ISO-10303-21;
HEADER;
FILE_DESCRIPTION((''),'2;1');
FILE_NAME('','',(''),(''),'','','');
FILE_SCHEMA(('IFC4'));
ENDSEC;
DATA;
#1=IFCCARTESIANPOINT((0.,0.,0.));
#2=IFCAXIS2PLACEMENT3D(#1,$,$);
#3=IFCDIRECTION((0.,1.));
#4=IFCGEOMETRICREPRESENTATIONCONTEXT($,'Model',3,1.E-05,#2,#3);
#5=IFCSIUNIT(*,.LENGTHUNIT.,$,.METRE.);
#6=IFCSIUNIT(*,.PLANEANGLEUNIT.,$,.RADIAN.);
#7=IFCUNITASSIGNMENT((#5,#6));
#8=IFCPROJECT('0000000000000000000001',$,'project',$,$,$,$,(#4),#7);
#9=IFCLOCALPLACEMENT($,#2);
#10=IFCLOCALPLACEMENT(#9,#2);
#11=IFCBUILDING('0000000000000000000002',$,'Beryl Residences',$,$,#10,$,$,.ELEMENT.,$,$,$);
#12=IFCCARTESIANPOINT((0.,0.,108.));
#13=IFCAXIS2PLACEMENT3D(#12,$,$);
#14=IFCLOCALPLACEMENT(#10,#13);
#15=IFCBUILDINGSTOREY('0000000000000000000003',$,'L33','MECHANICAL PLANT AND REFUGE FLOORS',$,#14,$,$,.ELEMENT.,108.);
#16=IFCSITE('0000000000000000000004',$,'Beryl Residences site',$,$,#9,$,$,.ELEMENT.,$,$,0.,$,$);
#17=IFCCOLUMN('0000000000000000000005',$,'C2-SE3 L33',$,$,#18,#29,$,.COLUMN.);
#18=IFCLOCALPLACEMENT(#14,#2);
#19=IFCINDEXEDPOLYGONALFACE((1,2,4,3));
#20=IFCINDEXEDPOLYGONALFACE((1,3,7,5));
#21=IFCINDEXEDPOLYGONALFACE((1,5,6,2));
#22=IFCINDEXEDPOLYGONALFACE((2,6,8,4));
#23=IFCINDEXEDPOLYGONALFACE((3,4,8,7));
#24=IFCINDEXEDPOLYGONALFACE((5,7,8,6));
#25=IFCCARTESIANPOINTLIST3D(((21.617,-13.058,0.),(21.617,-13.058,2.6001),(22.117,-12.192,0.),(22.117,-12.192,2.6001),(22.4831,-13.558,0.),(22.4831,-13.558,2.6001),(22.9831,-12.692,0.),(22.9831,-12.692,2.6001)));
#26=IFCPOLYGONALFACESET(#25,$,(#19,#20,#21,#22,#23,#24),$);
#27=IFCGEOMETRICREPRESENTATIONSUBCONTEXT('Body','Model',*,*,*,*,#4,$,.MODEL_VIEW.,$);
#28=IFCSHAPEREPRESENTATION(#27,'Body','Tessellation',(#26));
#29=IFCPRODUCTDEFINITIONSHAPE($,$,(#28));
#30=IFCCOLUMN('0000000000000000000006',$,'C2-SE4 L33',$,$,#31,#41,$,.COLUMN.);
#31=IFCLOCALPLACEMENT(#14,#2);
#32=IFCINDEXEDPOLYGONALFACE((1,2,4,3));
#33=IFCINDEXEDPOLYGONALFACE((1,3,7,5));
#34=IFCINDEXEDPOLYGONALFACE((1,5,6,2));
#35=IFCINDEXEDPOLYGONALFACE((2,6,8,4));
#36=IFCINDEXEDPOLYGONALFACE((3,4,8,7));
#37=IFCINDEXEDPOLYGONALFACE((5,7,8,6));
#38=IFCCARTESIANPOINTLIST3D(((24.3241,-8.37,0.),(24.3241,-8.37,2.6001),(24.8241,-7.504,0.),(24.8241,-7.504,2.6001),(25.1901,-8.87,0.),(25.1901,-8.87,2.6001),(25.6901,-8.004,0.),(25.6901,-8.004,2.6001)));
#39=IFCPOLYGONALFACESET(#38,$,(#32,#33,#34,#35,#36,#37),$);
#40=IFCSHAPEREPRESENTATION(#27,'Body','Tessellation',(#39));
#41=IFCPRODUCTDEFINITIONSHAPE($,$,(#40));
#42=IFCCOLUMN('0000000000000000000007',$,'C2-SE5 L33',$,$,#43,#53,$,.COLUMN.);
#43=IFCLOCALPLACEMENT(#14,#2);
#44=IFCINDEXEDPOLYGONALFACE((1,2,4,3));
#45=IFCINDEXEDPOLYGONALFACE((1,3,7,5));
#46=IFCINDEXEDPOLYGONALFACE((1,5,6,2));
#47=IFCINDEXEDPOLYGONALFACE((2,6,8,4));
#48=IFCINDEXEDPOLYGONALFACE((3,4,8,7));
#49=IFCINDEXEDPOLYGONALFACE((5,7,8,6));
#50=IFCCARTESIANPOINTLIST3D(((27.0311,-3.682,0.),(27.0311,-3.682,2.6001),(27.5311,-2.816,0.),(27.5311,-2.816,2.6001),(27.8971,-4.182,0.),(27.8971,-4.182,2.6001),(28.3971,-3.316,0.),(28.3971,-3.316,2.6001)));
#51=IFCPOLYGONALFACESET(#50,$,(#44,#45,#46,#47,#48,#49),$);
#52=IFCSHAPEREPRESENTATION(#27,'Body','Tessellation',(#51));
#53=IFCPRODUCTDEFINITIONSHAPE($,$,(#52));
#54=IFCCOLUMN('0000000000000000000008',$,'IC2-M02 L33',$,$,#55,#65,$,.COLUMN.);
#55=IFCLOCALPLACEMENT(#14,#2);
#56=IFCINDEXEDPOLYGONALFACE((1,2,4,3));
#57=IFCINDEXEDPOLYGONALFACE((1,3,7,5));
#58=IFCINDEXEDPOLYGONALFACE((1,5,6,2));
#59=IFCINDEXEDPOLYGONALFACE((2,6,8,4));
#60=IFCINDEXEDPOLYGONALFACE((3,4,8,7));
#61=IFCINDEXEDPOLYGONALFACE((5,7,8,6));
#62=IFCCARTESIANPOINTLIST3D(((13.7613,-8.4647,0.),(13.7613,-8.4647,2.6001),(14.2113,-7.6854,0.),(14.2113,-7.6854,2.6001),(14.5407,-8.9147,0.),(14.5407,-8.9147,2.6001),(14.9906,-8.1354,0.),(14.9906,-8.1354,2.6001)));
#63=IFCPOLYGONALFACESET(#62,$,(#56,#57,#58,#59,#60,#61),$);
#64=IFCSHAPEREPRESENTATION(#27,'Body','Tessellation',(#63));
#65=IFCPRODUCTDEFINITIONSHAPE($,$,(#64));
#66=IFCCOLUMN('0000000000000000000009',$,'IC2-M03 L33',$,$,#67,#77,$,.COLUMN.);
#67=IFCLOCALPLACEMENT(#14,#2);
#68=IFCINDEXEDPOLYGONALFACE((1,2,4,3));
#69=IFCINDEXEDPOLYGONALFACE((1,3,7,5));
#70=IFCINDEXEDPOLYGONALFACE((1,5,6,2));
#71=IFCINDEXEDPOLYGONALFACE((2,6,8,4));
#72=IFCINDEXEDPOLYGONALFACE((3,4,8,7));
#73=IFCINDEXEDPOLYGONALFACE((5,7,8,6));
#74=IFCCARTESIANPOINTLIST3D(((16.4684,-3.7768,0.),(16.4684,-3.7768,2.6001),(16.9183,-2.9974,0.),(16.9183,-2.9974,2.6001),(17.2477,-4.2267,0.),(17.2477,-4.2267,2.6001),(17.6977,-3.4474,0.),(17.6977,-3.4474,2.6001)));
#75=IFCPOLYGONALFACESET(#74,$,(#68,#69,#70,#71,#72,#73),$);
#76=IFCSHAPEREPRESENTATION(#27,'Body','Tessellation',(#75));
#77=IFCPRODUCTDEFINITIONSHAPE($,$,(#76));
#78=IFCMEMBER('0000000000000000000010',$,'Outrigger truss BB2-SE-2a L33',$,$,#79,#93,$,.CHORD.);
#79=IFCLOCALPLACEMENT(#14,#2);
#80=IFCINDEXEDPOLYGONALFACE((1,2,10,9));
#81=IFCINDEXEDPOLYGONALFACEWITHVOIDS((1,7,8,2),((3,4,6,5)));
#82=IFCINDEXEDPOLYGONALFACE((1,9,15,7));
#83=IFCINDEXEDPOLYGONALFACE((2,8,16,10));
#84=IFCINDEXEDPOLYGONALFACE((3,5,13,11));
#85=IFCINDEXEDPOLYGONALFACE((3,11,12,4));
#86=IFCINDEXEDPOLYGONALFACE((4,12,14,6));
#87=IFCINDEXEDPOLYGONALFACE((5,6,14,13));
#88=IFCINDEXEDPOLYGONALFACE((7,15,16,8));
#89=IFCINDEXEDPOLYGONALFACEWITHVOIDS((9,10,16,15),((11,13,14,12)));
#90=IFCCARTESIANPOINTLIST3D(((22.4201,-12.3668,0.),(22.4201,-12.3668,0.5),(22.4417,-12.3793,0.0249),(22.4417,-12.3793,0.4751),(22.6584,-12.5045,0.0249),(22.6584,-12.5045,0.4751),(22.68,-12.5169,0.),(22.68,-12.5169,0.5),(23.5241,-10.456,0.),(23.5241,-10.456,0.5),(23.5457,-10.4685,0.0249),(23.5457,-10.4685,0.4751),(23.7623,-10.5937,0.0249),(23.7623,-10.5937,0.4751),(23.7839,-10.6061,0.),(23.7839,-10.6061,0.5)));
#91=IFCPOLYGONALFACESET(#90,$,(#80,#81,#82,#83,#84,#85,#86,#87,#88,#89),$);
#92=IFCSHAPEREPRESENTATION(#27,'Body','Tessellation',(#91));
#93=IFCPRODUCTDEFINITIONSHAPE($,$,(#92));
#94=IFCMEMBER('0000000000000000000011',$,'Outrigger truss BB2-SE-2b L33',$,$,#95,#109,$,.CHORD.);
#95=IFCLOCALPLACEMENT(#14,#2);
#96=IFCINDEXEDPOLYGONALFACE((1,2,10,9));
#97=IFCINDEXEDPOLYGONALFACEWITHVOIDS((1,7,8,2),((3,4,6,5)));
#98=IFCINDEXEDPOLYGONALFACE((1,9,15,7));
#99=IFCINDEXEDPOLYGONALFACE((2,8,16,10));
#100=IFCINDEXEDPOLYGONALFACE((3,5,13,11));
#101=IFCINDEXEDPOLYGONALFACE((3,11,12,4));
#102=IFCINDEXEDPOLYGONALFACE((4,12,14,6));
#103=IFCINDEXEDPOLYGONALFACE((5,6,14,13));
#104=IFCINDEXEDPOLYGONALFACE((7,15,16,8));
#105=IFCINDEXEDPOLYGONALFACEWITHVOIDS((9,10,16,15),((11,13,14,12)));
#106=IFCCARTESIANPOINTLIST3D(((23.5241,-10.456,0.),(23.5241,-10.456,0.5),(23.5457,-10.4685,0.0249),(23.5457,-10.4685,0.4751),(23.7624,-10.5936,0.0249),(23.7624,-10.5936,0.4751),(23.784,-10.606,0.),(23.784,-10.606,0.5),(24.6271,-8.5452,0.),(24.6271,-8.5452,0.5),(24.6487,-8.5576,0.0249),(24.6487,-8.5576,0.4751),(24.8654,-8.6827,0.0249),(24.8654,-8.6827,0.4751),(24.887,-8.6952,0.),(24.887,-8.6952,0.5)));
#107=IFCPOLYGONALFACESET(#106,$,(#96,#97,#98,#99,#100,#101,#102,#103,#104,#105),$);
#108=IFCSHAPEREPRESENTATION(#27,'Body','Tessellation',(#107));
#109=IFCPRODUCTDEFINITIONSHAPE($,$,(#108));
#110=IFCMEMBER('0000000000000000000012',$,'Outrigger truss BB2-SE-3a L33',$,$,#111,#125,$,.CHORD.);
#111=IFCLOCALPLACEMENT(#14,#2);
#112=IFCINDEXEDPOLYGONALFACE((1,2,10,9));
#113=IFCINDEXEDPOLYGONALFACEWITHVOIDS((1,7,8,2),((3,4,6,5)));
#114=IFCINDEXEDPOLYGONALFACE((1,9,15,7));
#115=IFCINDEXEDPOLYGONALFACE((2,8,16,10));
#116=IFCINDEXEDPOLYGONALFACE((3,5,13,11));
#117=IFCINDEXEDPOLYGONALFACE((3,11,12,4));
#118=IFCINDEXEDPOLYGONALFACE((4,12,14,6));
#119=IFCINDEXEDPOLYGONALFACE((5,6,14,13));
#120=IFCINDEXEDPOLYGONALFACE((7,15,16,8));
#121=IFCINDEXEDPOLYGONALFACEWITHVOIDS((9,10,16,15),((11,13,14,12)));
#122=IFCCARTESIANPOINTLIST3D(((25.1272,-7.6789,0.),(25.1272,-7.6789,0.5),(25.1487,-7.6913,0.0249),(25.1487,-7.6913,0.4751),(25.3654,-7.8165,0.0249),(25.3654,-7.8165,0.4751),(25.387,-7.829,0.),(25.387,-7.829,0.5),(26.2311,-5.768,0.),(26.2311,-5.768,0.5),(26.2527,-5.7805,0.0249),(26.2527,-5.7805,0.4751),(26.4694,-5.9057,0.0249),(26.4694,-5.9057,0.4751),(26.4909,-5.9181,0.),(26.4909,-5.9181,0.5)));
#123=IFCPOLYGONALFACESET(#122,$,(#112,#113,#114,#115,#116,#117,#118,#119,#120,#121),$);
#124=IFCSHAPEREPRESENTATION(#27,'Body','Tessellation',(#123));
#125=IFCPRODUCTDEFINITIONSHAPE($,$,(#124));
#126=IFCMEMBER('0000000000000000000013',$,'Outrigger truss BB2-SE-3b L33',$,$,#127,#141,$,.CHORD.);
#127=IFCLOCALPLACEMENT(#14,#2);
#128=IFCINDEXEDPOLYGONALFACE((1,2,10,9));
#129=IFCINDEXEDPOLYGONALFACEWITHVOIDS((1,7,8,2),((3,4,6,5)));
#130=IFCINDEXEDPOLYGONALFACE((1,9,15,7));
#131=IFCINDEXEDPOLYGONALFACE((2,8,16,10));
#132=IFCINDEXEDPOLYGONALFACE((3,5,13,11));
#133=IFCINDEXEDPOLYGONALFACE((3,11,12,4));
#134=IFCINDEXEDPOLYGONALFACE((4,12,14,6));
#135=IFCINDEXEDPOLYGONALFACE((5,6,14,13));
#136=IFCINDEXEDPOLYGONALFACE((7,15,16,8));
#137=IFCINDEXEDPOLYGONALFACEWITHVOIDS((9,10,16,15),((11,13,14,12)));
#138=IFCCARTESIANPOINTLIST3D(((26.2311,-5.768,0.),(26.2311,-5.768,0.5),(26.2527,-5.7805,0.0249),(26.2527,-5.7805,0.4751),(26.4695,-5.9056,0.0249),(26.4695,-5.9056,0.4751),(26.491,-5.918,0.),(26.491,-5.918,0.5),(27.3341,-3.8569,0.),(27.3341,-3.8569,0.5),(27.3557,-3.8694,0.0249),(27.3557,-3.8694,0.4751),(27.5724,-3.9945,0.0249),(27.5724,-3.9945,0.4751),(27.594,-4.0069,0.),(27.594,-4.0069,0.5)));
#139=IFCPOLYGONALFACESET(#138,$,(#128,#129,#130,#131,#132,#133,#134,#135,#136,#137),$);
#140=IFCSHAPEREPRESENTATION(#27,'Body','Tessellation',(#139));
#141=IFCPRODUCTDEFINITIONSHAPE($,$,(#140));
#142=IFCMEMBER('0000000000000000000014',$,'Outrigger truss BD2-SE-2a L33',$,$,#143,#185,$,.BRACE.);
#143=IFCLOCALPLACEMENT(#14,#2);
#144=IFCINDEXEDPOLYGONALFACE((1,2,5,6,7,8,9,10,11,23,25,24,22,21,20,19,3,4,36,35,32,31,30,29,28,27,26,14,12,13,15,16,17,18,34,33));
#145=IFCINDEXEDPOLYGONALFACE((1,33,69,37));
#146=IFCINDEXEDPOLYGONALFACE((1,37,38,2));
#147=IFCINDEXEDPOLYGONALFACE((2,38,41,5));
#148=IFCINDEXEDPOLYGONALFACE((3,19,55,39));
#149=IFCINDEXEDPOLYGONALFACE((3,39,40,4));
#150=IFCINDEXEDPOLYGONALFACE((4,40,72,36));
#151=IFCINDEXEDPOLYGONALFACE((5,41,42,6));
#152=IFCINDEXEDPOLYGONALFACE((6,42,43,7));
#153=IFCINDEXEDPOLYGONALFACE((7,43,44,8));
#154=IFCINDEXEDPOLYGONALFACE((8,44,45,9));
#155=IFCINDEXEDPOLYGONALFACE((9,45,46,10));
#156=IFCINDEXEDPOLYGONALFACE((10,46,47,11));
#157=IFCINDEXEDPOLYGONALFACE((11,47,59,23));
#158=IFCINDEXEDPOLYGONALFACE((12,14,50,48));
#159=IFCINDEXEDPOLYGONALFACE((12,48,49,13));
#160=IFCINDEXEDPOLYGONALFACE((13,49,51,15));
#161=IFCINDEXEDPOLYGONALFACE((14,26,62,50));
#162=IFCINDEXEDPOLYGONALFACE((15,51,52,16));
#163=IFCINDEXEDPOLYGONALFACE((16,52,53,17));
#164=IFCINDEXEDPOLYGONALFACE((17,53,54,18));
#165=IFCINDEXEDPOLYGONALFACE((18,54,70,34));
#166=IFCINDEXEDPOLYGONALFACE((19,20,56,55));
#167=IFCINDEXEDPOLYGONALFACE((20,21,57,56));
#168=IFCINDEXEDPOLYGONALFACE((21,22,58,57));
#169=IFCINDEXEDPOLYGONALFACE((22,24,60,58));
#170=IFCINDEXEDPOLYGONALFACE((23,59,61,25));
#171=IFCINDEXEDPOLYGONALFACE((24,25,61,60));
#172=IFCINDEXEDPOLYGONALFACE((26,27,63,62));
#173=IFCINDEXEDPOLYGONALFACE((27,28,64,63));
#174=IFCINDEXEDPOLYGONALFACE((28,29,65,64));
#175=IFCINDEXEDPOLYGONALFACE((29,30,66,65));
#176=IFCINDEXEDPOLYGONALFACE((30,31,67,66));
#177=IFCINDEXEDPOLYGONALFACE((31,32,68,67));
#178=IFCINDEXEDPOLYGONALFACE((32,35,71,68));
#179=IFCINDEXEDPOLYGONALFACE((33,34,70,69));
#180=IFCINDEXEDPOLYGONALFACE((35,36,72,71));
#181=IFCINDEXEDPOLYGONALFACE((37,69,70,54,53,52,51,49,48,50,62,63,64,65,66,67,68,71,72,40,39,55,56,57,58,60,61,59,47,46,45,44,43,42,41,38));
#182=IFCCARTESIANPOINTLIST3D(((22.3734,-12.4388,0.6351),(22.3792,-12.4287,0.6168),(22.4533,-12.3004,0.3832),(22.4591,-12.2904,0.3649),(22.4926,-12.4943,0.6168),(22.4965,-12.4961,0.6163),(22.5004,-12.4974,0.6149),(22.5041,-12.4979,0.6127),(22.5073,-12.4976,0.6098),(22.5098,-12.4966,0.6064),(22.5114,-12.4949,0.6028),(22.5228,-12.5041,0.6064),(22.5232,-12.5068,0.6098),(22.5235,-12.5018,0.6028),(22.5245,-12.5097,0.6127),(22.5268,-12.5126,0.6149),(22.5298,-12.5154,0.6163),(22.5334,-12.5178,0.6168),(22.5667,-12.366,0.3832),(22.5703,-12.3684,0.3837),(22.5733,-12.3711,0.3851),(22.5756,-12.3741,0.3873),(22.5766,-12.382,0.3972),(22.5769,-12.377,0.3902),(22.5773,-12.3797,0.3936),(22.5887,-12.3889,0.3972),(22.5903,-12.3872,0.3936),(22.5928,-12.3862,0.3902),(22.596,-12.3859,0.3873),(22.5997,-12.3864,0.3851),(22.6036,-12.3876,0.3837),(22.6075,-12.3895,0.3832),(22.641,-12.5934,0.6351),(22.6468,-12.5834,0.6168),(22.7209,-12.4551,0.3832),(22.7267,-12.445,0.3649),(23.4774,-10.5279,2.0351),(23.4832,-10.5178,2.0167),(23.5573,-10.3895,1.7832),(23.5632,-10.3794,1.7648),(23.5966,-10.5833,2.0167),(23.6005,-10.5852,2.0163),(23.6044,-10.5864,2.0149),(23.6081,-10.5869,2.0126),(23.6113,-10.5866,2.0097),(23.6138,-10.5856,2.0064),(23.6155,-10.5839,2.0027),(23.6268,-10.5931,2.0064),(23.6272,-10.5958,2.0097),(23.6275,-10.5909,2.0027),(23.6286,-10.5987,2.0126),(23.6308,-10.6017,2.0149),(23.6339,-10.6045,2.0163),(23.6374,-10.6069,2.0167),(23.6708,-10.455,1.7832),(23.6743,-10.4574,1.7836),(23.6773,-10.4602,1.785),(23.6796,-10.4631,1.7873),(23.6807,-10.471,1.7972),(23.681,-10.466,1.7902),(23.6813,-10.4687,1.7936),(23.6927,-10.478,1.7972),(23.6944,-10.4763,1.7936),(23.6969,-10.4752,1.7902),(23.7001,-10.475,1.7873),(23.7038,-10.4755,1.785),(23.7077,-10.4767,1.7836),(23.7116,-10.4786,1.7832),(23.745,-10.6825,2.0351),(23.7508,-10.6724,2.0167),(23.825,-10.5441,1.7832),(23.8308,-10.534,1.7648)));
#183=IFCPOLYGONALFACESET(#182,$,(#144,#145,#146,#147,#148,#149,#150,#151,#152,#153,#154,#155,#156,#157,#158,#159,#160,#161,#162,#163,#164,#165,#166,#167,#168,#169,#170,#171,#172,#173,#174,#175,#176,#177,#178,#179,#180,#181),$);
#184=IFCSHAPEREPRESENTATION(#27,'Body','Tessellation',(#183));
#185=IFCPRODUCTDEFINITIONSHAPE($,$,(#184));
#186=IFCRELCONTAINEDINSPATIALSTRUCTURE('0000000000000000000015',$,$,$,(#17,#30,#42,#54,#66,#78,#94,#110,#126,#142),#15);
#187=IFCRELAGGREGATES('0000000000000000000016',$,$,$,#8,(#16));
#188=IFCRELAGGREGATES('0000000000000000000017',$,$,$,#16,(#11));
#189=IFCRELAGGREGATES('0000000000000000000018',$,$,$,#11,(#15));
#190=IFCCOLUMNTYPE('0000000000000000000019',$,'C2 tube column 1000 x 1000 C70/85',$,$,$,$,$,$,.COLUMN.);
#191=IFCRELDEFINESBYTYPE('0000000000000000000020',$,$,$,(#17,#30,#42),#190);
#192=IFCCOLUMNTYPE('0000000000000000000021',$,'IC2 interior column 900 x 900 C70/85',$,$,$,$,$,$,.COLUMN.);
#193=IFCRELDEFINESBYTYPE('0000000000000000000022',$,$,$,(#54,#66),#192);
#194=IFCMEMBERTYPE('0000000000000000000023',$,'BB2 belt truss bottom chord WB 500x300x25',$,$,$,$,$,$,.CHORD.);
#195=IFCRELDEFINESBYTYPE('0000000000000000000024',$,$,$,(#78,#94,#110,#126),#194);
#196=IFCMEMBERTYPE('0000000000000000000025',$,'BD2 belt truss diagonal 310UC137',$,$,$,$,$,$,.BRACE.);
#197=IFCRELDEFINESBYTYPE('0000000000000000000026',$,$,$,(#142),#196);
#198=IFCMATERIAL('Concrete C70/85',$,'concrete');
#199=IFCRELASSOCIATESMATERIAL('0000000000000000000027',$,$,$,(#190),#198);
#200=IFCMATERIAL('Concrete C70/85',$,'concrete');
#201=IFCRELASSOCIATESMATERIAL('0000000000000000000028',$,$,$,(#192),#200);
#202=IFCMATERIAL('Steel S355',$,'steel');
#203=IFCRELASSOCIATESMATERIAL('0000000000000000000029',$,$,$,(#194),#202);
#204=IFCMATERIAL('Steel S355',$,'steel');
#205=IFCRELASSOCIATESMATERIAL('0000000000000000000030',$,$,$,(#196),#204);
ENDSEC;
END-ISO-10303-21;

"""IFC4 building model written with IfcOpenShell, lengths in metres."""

from ifc_helpers import new_model, si_unit, direction, frame, origin, origin_2d, place, context, subcontext, project, spatial, rectangle, hollow_rectangle, i_section, extrude, material, material_profile, profile_set, type_object, element, save


model = new_model("IFC4")

# Units and contexts
model_context = context("Model", 3, precision=1e-05, world=origin(), true_north=direction((0.0, 1.0)))
body_context = subcontext(model_context, "Body", "Model", "MODEL_VIEW")
ifc_project = project(units=[si_unit("LENGTHUNIT", "METRE"), si_unit("PLANEANGLEUNIT", "RADIAN")], contexts=[model_context])

# Site, building, storey
site_placement = place(None, origin())
site = spatial("IfcSite", under=ifc_project, at=site_placement, Name="Beryl Residences site", CompositionType="ELEMENT", RefElevation=0.0)
building_placement = place(site_placement, origin())
building = spatial("IfcBuilding", under=site, at=building_placement, Name="Beryl Residences", CompositionType="ELEMENT")
storey_placement = place(building_placement, frame((0.0, 0.0, 108.0)))
storey = spatial("IfcBuildingStorey", under=building, at=storey_placement, Name="L33", Description="MECHANICAL PLANT AND REFUGE FLOORS", CompositionType="ELEMENT", Elevation=108.0)

# Columns
ifc_material_1 = material(Name="Concrete C70/85", Category="concrete")
ifc_material_profile_1 = material_profile(ifc_material_1, rectangle(XDim=1.0, YDim=1.0, at=origin_2d()))
ifc_profile_set_1 = profile_set([ifc_material_profile_1], Name="Concrete C70/85")
column_type_1 = type_object("IfcColumnType", Name="C2 tube column 1000 x 1000 C70/85", PredefinedType="COLUMN", material=ifc_profile_set_1)
for number, where, z_axis, x_axis, name in (
    (1, (22.3, -12.875, 0.0), (0.0, 0.0, 1.0), (0.5, 0.866025, 0.0), "C2-SE3 L33"),
    (2, (25.0071, -8.187, 0.0), (0.0, 0.0, 1.0), (0.5, 0.866025, 0.0), "C2-SE4 L33"),
    (3, (27.7141, -3.499, 0.0), (0.0, 0.0, 1.0), (0.5, 0.866025, 0.0), "C2-SE5 L33"),
):
    element("IfcColumn", number, at=place(storey_placement, frame(where, z_axis=z_axis, x_axis=x_axis)), inside=storey, type_object=column_type_1, Name=name, PredefinedType="COLUMN", context=body_context, shape_type="SweptSolid", body=[
        extrude(rectangle(XDim=1.0, YDim=1.0, at=origin_2d()), origin(), (0.0, 0.0, 1.0), 2.6001),
    ])
ifc_material_2 = material(Name="Concrete C70/85", Category="concrete")
ifc_material_profile_2 = material_profile(ifc_material_2, rectangle(XDim=0.8999, YDim=0.8999, at=origin_2d()))
ifc_profile_set_2 = profile_set([ifc_material_profile_2], Name="Concrete C70/85")
column_type_2 = type_object("IfcColumnType", Name="IC2 interior column 900 x 900 C70/85", PredefinedType="COLUMN", material=ifc_profile_set_2)
for number, where, z_axis, x_axis, name in (
    (4, (14.376, -8.3, 0.0), (0.0, 0.0, 1.0), (0.5, 0.866025, 0.0), "IC2-M02 L33"),
    (5, (17.083, -3.6121, 0.0), (0.0, 0.0, 1.0), (0.5, 0.866025, 0.0), "IC2-M03 L33"),
):
    element("IfcColumn", number, at=place(storey_placement, frame(where, z_axis=z_axis, x_axis=x_axis)), inside=storey, type_object=column_type_2, Name=name, PredefinedType="COLUMN", context=body_context, shape_type="SweptSolid", body=[
        extrude(rectangle(XDim=0.8999, YDim=0.8999, at=origin_2d()), origin(), (0.0, 0.0, 1.0), 2.6001),
    ])

# Members
ifc_material_3 = material(Name="Steel S355", Category="steel")
ifc_material_profile_3 = material_profile(ifc_material_3, hollow_rectangle(XDim=0.3, YDim=0.5, WallThickness=0.0249, at=origin_2d()))
ifc_profile_set_3 = profile_set([ifc_material_profile_3], Name="Steel S355")
member_type_1 = type_object("IfcMemberType", Name="BB2 belt truss bottom chord WB 500x300x25", PredefinedType="CHORD", material=ifc_profile_set_3)
member_1_placement = place(storey_placement, frame((22.55, -12.4419, 0.25), z_axis=(0.500255, 0.865878, 0.0), x_axis=(-0.865878, 0.500255, 0.0)))
element("IfcMember", 6, at=member_1_placement, inside=storey, type_object=member_type_1, Name="Outrigger truss BB2-SE-2a L33", PredefinedType="CHORD", context=body_context, shape_type="SweptSolid", body=[
    extrude(hollow_rectangle(XDim=0.3, YDim=0.5, WallThickness=0.0249, at=origin_2d()), origin(), (0.0, 0.0, 1.0), 2.2068),
])
member_2_placement = place(storey_placement, frame((23.6541, -10.531, 0.25), z_axis=(0.499924, 0.86607, 0.0), x_axis=(-0.86607, 0.499924, 0.0)))
element("IfcMember", 7, at=member_2_placement, inside=storey, type_object=member_type_1, Name="Outrigger truss BB2-SE-2b L33", PredefinedType="CHORD", context=body_context, shape_type="SweptSolid", body=[
    extrude(hollow_rectangle(XDim=0.3, YDim=0.5, WallThickness=0.0249, at=origin_2d()), origin(), (0.0, 0.0, 1.0), 2.2063),
])
member_3_placement = place(storey_placement, frame((25.2571, -7.7539, 0.25), z_axis=(0.500255, 0.865878, 0.0), x_axis=(-0.865878, 0.500255, 0.0)))
element("IfcMember", 8, at=member_3_placement, inside=storey, type_object=member_type_1, Name="Outrigger truss BB2-SE-3a L33", PredefinedType="CHORD", context=body_context, shape_type="SweptSolid", body=[
    extrude(hollow_rectangle(XDim=0.3, YDim=0.5, WallThickness=0.0249, at=origin_2d()), origin(), (0.0, 0.0, 1.0), 2.2068),
])
member_4_placement = place(storey_placement, frame((26.3611, -5.843, 0.25), z_axis=(0.499876, 0.866097, 0.0), x_axis=(-0.866097, 0.499876, 0.0)))
element("IfcMember", 9, at=member_4_placement, inside=storey, type_object=member_type_1, Name="Outrigger truss BB2-SE-3b L33", PredefinedType="CHORD", context=body_context, shape_type="SweptSolid", body=[
    extrude(hollow_rectangle(XDim=0.3, YDim=0.5, WallThickness=0.0249, at=origin_2d()), origin(), (0.0, 0.0, 1.0), 2.2065),
])
ifc_material_4 = material(Name="Steel S355", Category="steel")
ifc_material_profile_4 = material_profile(ifc_material_4, i_section(OverallWidth=0.3091, OverallDepth=0.3201, WebThickness=0.0139, FlangeThickness=0.0217, FilletRadius=0.0166, at=origin_2d()))
ifc_profile_set_4 = profile_set([ifc_material_profile_4], Name="Steel S355")
member_type_2 = type_object("IfcMemberType", Name="BD2 belt truss diagonal 310UC137", PredefinedType="BRACE", material=ifc_profile_set_4)
member_5_placement = place(storey_placement, frame((22.55, -12.4419, 0.5), z_axis=(0.422434, 0.731179, 0.535656), x_axis=(-0.865878, 0.500255, 0.0)))
element("IfcMember", 10, at=member_5_placement, inside=storey, type_object=member_type_2, Name="Outrigger truss BD2-SE-2a L33", PredefinedType="BRACE", context=body_context, shape_type="SweptSolid", body=[
    extrude(i_section(OverallWidth=0.3091, OverallDepth=0.3201, WebThickness=0.0139, FlangeThickness=0.0217, FilletRadius=0.0166, at=origin_2d()), origin(), (0.0, 0.0, 1.0), 2.6135),
])

save(model, "model.ifc")
